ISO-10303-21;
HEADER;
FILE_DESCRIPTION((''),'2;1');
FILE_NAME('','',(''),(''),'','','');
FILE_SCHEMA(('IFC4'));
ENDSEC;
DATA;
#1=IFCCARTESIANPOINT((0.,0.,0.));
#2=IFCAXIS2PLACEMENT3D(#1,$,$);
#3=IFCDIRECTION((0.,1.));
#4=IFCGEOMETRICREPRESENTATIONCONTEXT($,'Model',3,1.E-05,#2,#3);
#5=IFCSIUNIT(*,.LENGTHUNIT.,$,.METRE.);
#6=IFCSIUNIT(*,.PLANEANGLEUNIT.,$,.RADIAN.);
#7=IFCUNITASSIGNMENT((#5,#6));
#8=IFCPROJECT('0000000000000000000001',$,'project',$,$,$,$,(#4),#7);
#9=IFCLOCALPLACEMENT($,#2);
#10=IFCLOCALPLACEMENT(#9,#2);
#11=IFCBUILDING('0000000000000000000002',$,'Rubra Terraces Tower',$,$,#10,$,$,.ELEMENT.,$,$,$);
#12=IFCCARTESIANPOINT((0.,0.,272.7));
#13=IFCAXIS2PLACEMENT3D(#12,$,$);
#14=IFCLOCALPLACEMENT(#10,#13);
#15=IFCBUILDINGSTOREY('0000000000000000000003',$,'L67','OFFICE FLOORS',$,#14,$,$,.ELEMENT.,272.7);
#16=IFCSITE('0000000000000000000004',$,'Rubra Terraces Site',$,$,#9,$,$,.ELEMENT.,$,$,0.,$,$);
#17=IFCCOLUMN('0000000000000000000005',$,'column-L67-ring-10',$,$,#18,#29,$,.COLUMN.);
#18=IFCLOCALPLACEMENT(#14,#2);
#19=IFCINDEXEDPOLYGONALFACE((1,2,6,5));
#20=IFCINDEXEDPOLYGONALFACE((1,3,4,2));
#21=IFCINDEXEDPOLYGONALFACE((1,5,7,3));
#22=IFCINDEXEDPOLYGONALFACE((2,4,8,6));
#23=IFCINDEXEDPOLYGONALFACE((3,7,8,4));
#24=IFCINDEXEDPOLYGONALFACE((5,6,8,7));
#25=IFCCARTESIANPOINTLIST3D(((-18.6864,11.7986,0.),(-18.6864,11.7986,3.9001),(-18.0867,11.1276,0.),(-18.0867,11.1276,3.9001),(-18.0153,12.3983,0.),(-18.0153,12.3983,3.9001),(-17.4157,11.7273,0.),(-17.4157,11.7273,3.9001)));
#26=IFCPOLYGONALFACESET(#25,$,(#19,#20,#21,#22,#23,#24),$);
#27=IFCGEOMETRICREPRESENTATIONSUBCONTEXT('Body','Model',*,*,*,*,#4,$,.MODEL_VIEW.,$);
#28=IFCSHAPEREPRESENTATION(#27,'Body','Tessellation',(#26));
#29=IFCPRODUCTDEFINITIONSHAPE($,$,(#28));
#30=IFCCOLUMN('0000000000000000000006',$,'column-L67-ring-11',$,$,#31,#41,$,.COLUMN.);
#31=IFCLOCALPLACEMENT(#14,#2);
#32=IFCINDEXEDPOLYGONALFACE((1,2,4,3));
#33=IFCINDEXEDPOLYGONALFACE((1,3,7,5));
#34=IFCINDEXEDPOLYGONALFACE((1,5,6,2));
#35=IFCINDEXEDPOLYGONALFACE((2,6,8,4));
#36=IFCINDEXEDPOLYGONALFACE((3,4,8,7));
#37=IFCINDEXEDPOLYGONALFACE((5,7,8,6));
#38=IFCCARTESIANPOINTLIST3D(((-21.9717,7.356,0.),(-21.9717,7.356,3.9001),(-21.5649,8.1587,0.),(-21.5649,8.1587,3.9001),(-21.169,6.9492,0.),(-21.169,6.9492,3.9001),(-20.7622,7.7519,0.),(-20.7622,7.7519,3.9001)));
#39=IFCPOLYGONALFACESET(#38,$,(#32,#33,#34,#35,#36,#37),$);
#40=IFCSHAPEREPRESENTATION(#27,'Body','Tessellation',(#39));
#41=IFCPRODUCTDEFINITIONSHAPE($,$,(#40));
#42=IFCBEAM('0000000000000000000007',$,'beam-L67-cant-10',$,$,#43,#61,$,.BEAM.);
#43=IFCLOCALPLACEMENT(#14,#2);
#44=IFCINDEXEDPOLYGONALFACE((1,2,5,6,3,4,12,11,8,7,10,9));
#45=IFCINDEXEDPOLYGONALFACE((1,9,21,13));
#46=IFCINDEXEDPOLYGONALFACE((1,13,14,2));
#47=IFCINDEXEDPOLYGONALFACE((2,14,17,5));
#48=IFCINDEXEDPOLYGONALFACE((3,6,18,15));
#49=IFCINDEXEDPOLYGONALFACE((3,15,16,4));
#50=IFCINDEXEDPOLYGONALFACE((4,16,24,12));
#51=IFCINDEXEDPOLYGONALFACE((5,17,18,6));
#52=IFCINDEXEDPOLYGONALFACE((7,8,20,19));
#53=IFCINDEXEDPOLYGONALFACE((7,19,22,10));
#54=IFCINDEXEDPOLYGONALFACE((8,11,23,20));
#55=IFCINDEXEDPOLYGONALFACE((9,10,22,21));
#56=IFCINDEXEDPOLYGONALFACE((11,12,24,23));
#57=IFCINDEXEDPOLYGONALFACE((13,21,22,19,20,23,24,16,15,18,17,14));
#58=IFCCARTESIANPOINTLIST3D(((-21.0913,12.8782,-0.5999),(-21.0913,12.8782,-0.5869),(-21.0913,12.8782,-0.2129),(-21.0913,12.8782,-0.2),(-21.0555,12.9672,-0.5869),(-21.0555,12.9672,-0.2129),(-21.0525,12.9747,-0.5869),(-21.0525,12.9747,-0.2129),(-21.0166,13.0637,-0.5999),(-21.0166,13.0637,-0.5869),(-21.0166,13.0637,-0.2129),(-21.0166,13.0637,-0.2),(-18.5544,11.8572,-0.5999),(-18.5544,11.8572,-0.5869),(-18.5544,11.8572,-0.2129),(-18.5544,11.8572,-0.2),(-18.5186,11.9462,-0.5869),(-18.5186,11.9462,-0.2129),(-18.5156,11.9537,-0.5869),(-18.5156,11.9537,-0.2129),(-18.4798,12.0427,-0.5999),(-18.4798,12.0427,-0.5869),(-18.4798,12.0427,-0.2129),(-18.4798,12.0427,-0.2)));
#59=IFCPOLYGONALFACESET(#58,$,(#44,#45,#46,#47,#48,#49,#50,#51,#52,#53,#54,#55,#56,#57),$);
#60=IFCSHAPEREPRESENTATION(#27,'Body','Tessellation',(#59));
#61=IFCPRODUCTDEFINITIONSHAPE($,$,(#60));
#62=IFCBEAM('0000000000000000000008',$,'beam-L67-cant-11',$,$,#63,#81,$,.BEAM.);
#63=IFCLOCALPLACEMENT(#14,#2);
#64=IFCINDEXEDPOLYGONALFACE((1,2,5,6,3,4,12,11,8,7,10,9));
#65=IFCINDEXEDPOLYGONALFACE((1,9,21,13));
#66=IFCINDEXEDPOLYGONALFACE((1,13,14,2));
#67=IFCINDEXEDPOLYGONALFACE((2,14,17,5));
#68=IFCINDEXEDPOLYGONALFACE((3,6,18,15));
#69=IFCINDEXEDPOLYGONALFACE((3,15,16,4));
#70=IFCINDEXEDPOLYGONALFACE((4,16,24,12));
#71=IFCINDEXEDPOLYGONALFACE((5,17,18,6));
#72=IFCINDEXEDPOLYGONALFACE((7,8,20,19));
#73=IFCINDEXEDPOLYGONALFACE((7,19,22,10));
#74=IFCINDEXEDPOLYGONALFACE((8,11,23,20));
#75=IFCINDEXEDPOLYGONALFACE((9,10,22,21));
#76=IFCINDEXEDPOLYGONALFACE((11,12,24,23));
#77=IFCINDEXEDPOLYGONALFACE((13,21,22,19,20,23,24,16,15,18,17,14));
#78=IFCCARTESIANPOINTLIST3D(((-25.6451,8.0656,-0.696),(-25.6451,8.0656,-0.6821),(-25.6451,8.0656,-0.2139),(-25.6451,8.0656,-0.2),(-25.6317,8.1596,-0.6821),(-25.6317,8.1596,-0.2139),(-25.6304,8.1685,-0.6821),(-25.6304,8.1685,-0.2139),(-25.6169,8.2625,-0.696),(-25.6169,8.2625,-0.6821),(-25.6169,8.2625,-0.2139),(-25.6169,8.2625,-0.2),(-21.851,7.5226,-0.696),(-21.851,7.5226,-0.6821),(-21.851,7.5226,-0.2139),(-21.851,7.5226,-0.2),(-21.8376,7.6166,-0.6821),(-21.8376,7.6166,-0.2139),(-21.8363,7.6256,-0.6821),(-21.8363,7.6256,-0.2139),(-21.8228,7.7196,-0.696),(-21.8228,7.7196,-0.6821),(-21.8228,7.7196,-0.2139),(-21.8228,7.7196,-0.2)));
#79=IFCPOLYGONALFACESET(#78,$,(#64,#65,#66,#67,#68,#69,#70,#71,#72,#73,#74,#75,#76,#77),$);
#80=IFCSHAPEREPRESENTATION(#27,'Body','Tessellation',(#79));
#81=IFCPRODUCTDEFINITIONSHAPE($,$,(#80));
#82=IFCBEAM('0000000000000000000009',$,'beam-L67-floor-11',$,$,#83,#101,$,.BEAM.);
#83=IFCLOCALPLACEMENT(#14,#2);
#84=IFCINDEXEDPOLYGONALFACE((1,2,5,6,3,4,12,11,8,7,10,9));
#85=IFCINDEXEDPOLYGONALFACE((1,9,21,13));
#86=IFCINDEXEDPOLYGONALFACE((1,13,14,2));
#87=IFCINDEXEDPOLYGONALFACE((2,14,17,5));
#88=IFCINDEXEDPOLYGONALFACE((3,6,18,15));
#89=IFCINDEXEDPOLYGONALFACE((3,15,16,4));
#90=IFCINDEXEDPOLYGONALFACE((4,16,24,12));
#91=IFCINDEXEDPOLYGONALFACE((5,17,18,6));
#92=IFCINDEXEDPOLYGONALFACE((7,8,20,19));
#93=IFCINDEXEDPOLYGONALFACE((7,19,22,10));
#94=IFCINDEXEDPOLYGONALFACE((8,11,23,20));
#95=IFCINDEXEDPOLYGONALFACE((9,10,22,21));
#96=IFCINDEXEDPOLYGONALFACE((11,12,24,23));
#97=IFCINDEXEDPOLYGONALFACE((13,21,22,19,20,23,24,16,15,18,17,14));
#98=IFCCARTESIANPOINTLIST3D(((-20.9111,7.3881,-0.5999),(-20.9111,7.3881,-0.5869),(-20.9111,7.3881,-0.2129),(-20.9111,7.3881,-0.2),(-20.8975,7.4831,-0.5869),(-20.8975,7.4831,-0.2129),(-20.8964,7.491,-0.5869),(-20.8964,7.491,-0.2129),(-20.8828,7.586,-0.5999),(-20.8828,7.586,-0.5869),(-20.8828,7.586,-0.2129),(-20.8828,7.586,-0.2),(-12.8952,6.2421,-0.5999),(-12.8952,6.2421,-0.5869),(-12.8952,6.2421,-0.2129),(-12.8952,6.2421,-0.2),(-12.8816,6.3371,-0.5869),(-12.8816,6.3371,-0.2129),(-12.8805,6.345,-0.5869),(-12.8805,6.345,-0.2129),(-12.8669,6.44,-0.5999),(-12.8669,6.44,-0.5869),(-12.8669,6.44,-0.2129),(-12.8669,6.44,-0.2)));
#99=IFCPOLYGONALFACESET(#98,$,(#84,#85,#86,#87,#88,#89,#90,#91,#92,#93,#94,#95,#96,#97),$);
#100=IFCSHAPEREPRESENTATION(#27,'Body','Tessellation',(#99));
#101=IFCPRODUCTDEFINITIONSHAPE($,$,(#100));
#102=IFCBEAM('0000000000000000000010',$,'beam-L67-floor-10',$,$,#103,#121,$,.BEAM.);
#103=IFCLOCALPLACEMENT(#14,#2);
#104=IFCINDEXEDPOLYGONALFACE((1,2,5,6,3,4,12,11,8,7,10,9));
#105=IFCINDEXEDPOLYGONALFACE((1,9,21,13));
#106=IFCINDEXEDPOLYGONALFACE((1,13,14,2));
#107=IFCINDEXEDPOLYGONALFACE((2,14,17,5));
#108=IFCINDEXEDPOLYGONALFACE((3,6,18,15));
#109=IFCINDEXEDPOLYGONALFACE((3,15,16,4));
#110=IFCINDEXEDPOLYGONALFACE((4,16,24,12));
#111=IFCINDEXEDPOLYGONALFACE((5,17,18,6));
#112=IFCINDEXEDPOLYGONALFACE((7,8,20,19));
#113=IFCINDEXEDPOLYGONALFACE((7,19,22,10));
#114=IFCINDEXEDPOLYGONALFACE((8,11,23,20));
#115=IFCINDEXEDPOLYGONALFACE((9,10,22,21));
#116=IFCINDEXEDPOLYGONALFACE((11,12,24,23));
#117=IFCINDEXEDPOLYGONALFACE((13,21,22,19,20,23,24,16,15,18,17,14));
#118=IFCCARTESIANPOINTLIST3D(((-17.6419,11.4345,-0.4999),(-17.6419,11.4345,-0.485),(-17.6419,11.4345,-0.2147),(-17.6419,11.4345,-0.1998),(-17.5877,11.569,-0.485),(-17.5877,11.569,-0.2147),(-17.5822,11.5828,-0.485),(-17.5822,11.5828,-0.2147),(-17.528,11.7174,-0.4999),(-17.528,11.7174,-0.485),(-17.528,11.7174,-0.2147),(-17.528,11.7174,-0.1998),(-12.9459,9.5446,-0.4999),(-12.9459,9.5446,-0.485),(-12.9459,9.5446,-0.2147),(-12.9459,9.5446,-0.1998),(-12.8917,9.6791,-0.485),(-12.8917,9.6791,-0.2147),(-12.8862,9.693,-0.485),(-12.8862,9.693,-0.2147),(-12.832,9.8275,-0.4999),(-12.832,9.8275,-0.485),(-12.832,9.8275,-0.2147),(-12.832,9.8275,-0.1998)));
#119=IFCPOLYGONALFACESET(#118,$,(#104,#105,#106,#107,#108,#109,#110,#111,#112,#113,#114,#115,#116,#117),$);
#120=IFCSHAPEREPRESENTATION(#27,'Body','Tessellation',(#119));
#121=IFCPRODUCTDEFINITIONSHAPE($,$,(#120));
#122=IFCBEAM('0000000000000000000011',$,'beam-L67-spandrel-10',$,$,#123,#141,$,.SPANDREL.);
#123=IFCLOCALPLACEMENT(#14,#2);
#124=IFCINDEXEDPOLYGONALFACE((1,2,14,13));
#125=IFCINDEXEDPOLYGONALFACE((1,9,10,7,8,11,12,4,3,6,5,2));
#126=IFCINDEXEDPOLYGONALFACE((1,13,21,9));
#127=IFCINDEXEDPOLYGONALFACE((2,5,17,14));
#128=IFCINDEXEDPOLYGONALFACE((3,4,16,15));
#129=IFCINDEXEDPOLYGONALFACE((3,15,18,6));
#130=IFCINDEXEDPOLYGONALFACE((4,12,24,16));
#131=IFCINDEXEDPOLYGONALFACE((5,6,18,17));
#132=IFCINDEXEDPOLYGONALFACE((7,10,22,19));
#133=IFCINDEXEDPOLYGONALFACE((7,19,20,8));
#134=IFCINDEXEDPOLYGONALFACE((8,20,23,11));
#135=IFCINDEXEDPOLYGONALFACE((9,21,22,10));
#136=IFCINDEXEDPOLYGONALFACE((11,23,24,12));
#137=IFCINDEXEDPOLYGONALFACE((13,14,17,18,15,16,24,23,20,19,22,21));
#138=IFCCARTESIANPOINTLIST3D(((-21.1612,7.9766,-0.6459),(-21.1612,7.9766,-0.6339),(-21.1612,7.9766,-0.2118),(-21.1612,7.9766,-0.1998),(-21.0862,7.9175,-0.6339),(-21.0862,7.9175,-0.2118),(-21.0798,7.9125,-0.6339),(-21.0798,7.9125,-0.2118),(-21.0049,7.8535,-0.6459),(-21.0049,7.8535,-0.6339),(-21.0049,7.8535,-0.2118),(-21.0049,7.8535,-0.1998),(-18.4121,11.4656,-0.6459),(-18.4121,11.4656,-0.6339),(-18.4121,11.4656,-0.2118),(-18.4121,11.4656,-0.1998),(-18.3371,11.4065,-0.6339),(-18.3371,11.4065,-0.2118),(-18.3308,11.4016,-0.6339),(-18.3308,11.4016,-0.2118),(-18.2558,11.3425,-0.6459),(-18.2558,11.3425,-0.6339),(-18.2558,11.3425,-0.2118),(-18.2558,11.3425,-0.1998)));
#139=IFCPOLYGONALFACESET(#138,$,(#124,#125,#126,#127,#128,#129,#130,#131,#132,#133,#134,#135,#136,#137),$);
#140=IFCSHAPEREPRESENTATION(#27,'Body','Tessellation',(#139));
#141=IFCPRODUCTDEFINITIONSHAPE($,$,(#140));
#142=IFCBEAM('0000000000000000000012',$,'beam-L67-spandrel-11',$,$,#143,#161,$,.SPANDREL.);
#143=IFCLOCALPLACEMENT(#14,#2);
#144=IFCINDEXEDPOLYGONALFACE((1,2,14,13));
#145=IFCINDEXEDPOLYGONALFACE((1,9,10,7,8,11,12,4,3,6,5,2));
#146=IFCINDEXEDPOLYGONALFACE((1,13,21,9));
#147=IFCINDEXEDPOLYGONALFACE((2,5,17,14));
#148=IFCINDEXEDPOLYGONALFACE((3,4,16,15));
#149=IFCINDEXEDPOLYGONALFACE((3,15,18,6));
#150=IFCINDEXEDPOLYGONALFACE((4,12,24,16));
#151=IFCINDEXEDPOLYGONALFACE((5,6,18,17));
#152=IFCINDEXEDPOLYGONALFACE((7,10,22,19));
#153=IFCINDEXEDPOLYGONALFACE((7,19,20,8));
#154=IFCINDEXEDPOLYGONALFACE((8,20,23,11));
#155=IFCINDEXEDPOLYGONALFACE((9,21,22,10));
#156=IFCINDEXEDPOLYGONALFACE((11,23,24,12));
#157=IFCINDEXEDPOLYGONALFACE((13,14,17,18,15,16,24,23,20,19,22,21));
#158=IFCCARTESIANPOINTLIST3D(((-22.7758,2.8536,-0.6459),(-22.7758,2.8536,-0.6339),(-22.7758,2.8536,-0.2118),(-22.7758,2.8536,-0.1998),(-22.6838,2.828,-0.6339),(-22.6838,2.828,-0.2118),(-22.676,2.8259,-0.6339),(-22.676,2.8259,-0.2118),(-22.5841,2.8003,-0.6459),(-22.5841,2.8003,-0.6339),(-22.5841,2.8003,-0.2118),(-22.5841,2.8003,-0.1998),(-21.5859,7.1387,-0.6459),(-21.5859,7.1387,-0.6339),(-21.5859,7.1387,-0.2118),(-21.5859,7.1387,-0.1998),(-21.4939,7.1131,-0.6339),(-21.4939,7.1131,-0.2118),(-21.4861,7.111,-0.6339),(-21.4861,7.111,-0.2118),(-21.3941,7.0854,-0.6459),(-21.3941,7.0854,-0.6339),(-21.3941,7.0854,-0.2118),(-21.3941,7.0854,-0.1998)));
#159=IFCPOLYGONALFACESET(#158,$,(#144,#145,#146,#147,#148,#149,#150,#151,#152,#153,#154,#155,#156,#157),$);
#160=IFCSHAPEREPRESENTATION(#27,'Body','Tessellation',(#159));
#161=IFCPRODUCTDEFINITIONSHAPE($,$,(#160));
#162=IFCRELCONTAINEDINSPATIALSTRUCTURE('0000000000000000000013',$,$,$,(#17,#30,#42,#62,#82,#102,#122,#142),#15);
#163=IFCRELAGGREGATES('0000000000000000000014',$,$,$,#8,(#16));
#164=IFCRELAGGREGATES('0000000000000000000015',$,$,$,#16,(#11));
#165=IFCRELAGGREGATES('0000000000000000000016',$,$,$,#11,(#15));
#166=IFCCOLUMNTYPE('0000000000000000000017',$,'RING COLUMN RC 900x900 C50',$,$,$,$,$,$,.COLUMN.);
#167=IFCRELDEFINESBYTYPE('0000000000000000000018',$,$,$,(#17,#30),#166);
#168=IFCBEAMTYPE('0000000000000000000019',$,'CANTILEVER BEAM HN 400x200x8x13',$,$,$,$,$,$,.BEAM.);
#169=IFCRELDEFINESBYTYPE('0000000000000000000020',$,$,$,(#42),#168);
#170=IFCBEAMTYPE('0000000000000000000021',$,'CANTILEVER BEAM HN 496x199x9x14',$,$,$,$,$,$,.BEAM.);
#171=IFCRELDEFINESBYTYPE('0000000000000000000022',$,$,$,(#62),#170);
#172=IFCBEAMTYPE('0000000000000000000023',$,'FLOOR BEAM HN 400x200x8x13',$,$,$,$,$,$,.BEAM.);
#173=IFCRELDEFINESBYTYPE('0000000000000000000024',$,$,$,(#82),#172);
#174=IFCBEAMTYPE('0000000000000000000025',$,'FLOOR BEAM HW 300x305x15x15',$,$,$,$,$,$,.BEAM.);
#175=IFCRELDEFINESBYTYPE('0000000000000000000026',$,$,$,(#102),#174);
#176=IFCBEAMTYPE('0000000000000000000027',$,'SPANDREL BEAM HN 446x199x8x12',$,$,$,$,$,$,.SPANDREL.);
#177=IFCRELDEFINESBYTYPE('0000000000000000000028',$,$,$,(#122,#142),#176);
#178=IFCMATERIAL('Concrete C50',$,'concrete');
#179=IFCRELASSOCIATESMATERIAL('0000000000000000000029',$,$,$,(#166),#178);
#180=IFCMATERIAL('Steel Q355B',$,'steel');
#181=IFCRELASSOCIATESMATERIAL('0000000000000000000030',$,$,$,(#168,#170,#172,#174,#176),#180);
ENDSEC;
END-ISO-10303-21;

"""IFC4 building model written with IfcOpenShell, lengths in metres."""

from ifc_helpers import new_model, si_unit, direction, frame, origin, origin_2d, place, context, subcontext, project, spatial, rectangle, i_section, extrude, material, material_profile, profile_set, type_object, element, save


model = new_model("IFC4")

# Units and contexts
model_context = context("Model", 3, precision=1e-05, world=origin(), true_north=direction((0.0, 1.0)))
body_context = subcontext(model_context, "Body", "Model", "MODEL_VIEW")
ifc_project = project(units=[si_unit("LENGTHUNIT", "METRE"), si_unit("PLANEANGLEUNIT", "RADIAN")], contexts=[model_context])

# Site, building, storey
site_placement = place(None, origin())
site = spatial("IfcSite", under=ifc_project, at=site_placement, Name="Rubra Terraces Site", CompositionType="ELEMENT", RefElevation=0.0)
building_placement = place(site_placement, origin())
building = spatial("IfcBuilding", under=site, at=building_placement, Name="Rubra Terraces Tower", CompositionType="ELEMENT")
storey_placement = place(building_placement, frame((0.0, 0.0, 272.7)))
storey = spatial("IfcBuildingStorey", under=building, at=storey_placement, Name="L67", Description="OFFICE FLOORS", CompositionType="ELEMENT", Elevation=272.7)

# Columns
ifc_material_1 = material(Name="Concrete C50", Category="concrete")
ifc_material_profile_1 = material_profile(ifc_material_1, rectangle(XDim=0.8999, YDim=0.8999, at=origin_2d()), Name="RC 900x900")
ifc_profile_set_1 = profile_set([ifc_material_profile_1], Name="Concrete C50")
column_type = type_object("IfcColumnType", Name="RING COLUMN RC 900x900 C50", PredefinedType="COLUMN", material=ifc_profile_set_1)
for number, where, z_axis, x_axis, name in (
    (1, (-18.051, 11.7629, 0.0), (0.0, 0.0, 1.0), (-0.745642, -0.666347, 0.0), "column-L67-ring-10"),
    (2, (-21.3669, 7.554, 0.0), (0.0, 0.0, 1.0), (-0.452079, -0.891978, 0.0), "column-L67-ring-11"),
):
    element("IfcColumn", number, at=place(storey_placement, frame(where, z_axis=z_axis, x_axis=x_axis)), inside=storey, type_object=column_type, Name=name, PredefinedType="COLUMN", context=body_context, shape_type="SweptSolid", body=[
        extrude(rectangle(XDim=0.8999, YDim=0.8999, at=origin_2d()), origin(), (0.0, 0.0, 1.0), 3.9001),
    ])

# Beams
ifc_material_2 = material(Name="Steel Q355B", Category="steel")
ifc_material_profile_2 = material_profile(ifc_material_2, i_section(OverallWidth=0.2, OverallDepth=0.3999, WebThickness=0.0081, FlangeThickness=0.0129, at=origin_2d()), Name="HN 400x200x8x13")
ifc_profile_set_2 = profile_set([ifc_material_profile_2], Name="Steel Q355B")
beam_type_1 = type_object("IfcBeamType", Name="CANTILEVER BEAM HN 400x200x8x13", PredefinedType="BEAM", material=ifc_profile_set_2)
beam_1_placement = place(storey_placement, frame((-18.5171, 11.95, -0.3999), z_axis=(-0.927686, 0.37336, 0.0), x_axis=(-0.37336, -0.927686, 0.0)))
element("IfcBeam", 3, at=beam_1_placement, inside=storey, type_object=beam_type_1, Name="beam-L67-cant-10", PredefinedType="BEAM", context=body_context, shape_type="SweptSolid", body=[
    extrude(i_section(OverallWidth=0.2, OverallDepth=0.3999, WebThickness=0.0081, FlangeThickness=0.0129, at=origin_2d()), origin(), (0.0, 0.0, 1.0), 2.7346),
])
ifc_material_profile_3 = material_profile(ifc_material_2, i_section(OverallWidth=0.199, OverallDepth=0.4961, WebThickness=0.009, FlangeThickness=0.0139, at=origin_2d()), Name="HN 496x199x9x14")
ifc_profile_set_3 = profile_set([ifc_material_profile_3], Name="Steel Q355B")
beam_type_2 = type_object("IfcBeamType", Name="CANTILEVER BEAM HN 496x199x9x14", PredefinedType="BEAM", material=ifc_profile_set_3)
beam_2_placement = place(storey_placement, frame((-21.8369, 7.6211, -0.448), z_axis=(-0.989915, 0.141662, 0.0), x_axis=(-0.141662, -0.989915, 0.0)))
element("IfcBeam", 4, at=beam_2_placement, inside=storey, type_object=beam_type_2, Name="beam-L67-cant-11", PredefinedType="BEAM", context=body_context, shape_type="SweptSolid", body=[
    extrude(i_section(OverallWidth=0.199, OverallDepth=0.4961, WebThickness=0.009, FlangeThickness=0.0139, at=origin_2d()), origin(), (0.0, 0.0, 1.0), 3.8328),
])
ifc_material_profile_4 = material_profile(ifc_material_2, i_section(OverallWidth=0.2, OverallDepth=0.3999, WebThickness=0.0081, FlangeThickness=0.0129, at=origin_2d()), Name="HN 400x200x8x13")
ifc_profile_set_4 = profile_set([ifc_material_profile_4], Name="Steel Q355B")
beam_type_3 = type_object("IfcBeamType", Name="FLOOR BEAM HN 400x200x8x13", PredefinedType="BEAM", material=ifc_profile_set_4)
beam_3_placement = place(storey_placement, frame((-20.897, 7.4871, -0.3999), z_axis=(0.989934, -0.141527, 0.0), x_axis=(0.141527, 0.989934, 0.0)))
element("IfcBeam", 5, at=beam_3_placement, inside=storey, type_object=beam_type_3, Name="beam-L67-floor-11", PredefinedType="BEAM", context=body_context, shape_type="SweptSolid", body=[
    extrude(i_section(OverallWidth=0.2, OverallDepth=0.3999, WebThickness=0.0081, FlangeThickness=0.0129, at=origin_2d()), origin(), (0.0, 0.0, 1.0), 8.0974),
])
ifc_material_profile_5 = material_profile(ifc_material_2, i_section(OverallWidth=0.3049, OverallDepth=0.3, WebThickness=0.0149, FlangeThickness=0.0149, at=origin_2d()), Name="HW 300x305x15x15")
ifc_profile_set_5 = profile_set([ifc_material_profile_5], Name="Steel Q355B")
beam_type_4 = type_object("IfcBeamType", Name="FLOOR BEAM HW 300x305x15x15", PredefinedType="BEAM", material=ifc_profile_set_5)
beam_4_placement = place(storey_placement, frame((-17.585, 11.5759, -0.3499), z_axis=(0.927693, -0.373344, 0.0), x_axis=(0.373344, 0.927693, 0.0)))
element("IfcBeam", 6, at=beam_4_placement, inside=storey, type_object=beam_type_4, Name="beam-L67-floor-10", PredefinedType="BEAM", context=body_context, shape_type="SweptSolid", body=[
    extrude(i_section(OverallWidth=0.3049, OverallDepth=0.3, WebThickness=0.0149, FlangeThickness=0.0149, at=origin_2d()), origin(), (0.0, 0.0, 1.0), 5.062),
])
ifc_material_profile_6 = material_profile(ifc_material_2, i_section(OverallWidth=0.199, OverallDepth=0.446, WebThickness=0.0081, FlangeThickness=0.012, at=origin_2d()), Name="HN 446x199x8x12")
ifc_profile_set_6 = profile_set([ifc_material_profile_6], Name="Steel Q355B")
beam_type_5 = type_object("IfcBeamType", Name="SPANDREL BEAM HN 446x199x8x12", PredefinedType="SPANDREL", material=ifc_profile_set_6)
beam_5_placement = place(storey_placement, frame((-18.334, 11.4041, -0.4229), z_axis=(-0.618887, -0.78548, 0.0), x_axis=(0.78548, -0.618887, 0.0)))
element("IfcBeam", 7, at=beam_5_placement, inside=storey, type_object=beam_type_5, Name="beam-L67-spandrel-10", PredefinedType="SPANDREL", context=body_context, shape_type="SweptSolid", body=[
    extrude(i_section(OverallWidth=0.199, OverallDepth=0.446, WebThickness=0.0081, FlangeThickness=0.012, at=origin_2d()), origin(), (0.0, 0.0, 1.0), 4.4419),
])
beam_6_placement = place(storey_placement, frame((-21.49, 7.1121, -0.4229), z_axis=(-0.267565, -0.96354, 0.0), x_axis=(0.96354, -0.267565, 0.0)))
element("IfcBeam", 8, at=beam_6_placement, inside=storey, type_object=beam_type_5, Name="beam-L67-spandrel-11", PredefinedType="SPANDREL", context=body_context, shape_type="SweptSolid", body=[
    extrude(i_section(OverallWidth=0.199, OverallDepth=0.446, WebThickness=0.0081, FlangeThickness=0.012, at=origin_2d()), origin(), (0.0, 0.0, 1.0), 4.4473),
])

save(model, "model.ifc")
